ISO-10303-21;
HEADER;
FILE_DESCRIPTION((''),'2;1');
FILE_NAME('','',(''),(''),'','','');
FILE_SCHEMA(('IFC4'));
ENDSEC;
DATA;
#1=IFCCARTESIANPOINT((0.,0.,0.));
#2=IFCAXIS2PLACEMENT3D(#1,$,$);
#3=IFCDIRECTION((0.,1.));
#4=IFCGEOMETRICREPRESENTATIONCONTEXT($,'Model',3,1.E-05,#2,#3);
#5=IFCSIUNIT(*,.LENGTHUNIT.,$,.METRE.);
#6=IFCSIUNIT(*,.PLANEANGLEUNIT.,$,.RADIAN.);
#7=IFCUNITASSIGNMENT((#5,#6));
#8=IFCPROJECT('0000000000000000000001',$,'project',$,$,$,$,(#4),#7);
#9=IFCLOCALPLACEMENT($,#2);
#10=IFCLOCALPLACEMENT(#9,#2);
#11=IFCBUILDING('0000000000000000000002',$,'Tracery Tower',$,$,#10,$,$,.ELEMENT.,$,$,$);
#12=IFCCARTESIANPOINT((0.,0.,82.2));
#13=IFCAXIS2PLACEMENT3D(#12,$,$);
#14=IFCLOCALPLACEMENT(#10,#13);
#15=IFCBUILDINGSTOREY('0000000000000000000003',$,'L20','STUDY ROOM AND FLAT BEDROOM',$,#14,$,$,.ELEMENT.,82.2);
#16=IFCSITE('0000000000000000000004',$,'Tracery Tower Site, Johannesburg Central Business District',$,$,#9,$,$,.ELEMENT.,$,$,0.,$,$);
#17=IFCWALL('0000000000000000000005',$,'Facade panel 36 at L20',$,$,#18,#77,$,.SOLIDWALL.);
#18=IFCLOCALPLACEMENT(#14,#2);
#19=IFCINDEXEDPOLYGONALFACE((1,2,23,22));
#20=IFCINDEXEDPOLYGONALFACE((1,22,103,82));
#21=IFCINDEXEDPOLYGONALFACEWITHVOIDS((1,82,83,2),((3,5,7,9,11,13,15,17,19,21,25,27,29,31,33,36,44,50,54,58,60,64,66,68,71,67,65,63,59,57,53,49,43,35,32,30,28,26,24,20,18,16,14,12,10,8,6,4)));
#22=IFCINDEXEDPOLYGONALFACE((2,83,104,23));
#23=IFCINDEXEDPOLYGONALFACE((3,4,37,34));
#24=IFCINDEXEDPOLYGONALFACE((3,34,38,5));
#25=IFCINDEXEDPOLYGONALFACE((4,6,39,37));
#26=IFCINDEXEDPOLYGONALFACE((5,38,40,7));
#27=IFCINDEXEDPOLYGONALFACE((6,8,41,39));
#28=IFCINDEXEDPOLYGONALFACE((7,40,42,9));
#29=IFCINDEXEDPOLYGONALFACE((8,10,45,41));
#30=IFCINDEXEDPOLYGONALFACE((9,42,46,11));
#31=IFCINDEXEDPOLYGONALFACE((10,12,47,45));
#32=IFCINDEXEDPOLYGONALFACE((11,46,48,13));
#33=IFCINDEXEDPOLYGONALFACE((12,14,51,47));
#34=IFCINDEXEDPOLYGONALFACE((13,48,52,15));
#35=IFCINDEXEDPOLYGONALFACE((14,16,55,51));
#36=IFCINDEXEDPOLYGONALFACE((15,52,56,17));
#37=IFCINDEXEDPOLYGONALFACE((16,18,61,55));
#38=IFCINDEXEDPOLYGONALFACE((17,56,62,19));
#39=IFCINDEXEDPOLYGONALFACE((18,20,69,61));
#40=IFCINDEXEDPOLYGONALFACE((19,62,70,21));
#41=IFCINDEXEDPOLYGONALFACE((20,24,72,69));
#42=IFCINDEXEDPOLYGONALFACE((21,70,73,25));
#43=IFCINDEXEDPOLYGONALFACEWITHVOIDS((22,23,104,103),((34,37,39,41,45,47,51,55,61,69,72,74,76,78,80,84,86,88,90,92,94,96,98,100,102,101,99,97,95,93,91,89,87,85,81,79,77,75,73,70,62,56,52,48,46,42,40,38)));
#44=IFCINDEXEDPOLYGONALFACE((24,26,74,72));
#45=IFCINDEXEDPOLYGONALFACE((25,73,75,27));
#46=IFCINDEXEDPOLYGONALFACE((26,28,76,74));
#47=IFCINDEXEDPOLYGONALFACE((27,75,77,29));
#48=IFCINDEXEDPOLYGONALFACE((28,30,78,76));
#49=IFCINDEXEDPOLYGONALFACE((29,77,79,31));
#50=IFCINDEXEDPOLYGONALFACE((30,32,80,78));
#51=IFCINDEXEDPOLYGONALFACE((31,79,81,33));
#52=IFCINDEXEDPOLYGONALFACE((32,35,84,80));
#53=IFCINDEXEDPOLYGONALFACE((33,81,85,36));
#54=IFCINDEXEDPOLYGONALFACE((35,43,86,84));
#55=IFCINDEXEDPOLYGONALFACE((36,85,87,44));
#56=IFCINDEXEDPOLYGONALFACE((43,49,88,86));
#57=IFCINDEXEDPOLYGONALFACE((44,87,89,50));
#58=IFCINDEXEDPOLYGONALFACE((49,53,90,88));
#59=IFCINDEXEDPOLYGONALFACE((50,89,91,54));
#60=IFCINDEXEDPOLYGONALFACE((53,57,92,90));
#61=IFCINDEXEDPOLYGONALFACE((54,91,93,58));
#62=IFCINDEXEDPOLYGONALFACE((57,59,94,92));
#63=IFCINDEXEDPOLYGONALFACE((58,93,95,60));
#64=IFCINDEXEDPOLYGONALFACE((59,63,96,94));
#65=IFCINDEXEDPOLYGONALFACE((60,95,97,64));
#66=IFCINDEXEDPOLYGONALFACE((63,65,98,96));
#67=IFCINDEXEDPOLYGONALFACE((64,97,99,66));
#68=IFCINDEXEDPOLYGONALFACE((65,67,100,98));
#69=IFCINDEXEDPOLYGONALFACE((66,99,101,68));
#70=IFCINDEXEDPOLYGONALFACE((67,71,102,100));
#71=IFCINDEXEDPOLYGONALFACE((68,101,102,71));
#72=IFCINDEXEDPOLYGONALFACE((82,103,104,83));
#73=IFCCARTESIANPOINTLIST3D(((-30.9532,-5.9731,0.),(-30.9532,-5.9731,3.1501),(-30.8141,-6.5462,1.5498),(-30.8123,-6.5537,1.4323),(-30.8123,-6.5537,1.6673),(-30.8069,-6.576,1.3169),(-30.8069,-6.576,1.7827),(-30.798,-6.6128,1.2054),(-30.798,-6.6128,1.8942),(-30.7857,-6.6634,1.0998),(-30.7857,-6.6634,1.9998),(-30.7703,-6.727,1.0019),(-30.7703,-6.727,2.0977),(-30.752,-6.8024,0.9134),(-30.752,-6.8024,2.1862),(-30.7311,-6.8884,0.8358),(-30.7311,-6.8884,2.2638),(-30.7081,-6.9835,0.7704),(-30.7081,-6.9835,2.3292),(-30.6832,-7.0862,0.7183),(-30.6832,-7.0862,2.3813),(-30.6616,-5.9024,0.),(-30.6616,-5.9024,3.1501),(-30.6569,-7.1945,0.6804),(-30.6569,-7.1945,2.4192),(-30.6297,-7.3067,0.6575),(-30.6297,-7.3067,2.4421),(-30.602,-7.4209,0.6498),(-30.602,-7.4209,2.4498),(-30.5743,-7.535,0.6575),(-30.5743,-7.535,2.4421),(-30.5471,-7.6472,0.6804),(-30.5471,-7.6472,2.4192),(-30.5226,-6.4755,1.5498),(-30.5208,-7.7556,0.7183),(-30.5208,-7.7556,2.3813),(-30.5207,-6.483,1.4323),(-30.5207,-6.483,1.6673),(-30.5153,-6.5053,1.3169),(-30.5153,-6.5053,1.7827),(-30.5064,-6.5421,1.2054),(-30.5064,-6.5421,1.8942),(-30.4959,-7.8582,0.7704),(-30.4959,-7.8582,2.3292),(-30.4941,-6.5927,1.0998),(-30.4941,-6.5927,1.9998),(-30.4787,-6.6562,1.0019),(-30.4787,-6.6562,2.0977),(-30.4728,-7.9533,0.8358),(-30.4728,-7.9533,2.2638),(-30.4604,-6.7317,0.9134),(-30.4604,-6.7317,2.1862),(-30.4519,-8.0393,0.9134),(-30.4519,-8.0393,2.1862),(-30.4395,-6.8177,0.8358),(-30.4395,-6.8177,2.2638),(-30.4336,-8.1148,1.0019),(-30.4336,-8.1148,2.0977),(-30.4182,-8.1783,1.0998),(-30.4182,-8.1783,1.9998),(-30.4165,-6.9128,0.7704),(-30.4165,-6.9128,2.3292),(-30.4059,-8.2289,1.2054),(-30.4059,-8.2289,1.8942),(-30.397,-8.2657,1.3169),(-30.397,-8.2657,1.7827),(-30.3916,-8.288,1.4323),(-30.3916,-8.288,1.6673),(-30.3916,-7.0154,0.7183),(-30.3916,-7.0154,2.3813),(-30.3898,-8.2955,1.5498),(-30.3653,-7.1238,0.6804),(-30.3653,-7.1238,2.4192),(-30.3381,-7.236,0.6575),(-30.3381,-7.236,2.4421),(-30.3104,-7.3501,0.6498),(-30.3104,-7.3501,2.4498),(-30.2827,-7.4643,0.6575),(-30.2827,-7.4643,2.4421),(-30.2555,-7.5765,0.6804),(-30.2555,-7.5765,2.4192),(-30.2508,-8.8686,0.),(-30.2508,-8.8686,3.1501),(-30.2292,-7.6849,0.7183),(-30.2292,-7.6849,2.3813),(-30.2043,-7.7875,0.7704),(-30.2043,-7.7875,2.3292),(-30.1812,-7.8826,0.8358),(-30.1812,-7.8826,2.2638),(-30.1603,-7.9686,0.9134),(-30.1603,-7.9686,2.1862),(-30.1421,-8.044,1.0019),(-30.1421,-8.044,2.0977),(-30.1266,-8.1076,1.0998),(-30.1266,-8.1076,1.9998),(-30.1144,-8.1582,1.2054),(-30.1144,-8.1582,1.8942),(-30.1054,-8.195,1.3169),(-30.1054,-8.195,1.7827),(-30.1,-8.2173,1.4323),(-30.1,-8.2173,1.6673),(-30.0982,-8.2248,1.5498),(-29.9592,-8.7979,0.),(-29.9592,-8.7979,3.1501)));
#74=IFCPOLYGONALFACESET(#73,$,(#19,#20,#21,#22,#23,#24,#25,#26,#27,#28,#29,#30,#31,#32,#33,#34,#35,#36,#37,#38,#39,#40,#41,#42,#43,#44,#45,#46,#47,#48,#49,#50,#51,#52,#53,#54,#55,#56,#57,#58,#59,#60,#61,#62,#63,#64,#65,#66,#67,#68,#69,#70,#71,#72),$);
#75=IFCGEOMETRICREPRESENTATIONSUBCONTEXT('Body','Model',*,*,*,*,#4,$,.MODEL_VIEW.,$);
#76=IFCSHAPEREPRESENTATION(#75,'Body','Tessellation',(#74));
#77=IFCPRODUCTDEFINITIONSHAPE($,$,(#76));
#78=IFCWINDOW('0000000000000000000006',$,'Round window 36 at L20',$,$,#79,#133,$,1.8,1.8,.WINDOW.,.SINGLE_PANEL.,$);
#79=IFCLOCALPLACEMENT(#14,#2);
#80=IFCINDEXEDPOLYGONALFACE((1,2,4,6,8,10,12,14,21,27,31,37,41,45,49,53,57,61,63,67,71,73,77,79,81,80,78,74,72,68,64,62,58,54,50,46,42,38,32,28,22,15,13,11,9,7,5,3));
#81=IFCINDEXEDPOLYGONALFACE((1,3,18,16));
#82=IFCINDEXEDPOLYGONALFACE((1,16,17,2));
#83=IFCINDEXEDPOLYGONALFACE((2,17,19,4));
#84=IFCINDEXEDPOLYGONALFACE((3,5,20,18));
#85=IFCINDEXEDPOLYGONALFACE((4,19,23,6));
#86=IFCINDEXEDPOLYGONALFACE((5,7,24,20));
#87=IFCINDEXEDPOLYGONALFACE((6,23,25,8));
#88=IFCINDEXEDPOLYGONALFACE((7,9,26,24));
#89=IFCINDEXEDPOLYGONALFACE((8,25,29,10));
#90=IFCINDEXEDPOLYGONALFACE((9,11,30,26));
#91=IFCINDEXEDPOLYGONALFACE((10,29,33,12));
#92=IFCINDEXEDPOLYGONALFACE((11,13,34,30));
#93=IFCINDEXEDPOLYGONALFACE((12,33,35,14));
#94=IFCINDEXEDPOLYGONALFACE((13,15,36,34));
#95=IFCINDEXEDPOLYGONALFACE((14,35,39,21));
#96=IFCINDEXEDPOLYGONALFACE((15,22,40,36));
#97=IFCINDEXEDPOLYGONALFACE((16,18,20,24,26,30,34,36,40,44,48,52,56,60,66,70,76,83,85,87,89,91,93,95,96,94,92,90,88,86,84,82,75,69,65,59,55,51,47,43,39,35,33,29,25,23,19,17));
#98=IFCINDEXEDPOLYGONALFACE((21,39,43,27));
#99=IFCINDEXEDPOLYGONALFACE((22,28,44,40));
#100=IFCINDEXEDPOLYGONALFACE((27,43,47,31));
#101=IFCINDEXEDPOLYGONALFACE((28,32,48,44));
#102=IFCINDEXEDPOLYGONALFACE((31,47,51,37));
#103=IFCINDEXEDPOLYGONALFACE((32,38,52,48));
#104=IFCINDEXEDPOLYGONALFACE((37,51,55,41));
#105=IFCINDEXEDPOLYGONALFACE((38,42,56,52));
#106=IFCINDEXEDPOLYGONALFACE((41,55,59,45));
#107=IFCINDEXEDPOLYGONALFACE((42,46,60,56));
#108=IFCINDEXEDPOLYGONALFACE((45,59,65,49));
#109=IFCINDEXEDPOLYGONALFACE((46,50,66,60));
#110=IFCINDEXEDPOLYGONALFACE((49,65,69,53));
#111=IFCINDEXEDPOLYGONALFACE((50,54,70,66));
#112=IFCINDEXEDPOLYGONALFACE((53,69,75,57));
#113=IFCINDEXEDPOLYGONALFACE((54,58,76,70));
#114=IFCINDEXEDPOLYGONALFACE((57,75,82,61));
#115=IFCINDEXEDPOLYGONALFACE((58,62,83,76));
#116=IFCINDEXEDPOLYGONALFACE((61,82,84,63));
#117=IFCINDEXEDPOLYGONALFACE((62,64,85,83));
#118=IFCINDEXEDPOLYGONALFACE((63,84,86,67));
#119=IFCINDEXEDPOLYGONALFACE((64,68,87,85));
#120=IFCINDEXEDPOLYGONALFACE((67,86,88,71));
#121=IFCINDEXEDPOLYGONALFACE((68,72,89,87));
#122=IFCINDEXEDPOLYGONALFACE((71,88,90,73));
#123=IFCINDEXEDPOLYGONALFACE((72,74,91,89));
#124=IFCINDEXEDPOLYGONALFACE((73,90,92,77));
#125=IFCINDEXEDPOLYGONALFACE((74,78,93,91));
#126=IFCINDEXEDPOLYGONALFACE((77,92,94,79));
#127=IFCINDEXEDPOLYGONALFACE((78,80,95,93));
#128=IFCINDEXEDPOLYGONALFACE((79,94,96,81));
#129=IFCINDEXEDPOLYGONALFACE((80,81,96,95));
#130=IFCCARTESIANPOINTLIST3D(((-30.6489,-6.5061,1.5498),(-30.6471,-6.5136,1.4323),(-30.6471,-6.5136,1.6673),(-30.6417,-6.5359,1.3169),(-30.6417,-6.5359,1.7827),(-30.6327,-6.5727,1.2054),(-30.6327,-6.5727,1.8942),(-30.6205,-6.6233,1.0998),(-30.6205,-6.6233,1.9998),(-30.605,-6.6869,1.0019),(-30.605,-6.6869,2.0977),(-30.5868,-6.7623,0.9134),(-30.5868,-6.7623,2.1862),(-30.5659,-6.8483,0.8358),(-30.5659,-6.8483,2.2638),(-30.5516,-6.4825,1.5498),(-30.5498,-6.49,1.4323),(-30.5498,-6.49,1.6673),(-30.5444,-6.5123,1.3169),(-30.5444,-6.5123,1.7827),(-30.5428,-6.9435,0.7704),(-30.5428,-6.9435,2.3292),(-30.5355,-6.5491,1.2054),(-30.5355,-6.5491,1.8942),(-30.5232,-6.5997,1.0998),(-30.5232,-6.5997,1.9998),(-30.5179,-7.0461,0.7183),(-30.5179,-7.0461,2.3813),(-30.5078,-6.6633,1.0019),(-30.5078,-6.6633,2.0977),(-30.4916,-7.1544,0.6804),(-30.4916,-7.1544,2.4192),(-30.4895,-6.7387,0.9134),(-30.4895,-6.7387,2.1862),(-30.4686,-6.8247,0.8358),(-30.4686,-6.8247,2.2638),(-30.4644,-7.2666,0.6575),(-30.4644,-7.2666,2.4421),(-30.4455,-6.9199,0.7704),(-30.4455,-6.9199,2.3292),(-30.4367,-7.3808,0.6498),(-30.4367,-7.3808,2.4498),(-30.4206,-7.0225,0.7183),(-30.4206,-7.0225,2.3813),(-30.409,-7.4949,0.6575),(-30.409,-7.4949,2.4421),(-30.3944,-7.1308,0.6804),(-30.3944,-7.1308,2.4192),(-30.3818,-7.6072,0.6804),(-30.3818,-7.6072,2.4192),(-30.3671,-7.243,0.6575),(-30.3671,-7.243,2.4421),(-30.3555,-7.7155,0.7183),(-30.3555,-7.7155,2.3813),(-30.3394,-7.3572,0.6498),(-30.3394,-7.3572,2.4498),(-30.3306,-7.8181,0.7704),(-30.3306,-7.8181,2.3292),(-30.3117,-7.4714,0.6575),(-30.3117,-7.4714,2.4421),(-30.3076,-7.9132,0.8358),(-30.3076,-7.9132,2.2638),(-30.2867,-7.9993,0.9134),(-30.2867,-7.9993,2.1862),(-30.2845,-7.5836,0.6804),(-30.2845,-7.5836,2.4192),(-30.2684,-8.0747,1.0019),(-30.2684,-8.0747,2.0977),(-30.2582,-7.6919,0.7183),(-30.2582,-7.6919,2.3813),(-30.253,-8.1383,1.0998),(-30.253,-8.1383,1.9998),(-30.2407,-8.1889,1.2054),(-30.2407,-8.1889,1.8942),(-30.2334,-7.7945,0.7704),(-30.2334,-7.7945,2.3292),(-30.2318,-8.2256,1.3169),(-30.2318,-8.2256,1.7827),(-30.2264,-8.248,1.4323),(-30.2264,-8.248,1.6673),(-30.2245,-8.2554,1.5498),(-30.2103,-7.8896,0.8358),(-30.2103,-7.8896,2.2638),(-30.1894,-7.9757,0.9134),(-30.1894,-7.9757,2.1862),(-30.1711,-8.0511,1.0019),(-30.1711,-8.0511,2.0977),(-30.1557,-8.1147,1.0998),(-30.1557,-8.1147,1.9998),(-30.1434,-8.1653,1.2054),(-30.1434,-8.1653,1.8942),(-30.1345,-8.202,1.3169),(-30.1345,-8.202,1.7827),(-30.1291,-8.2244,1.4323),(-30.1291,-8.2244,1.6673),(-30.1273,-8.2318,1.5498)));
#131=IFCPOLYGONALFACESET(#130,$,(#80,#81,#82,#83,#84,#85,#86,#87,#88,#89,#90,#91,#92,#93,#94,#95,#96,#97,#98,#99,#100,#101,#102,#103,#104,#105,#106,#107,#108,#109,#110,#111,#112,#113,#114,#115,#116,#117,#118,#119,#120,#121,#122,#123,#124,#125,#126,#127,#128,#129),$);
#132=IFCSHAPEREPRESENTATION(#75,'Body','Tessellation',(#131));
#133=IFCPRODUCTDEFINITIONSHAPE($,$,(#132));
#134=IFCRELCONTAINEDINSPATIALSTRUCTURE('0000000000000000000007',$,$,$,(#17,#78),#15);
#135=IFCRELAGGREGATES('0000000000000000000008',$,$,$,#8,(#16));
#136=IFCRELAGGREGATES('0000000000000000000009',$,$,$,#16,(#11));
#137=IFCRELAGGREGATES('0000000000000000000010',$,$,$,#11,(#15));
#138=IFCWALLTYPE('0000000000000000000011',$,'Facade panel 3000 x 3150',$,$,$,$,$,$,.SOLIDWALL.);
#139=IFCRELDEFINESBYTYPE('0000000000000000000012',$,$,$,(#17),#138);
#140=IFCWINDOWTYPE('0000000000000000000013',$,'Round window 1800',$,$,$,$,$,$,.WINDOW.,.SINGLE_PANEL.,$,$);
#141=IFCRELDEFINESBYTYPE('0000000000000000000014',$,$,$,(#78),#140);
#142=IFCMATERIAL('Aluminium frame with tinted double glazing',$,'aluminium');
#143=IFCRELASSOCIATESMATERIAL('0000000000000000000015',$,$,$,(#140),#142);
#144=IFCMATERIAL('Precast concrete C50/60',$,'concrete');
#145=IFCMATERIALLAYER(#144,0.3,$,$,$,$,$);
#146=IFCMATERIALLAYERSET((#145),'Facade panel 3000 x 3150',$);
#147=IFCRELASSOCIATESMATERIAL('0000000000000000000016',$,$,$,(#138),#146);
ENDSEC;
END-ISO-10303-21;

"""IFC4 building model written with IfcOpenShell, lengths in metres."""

from ifc_helpers import new_model, si_unit, direction, frame, frame_2d, origin, origin_2d, place, context, subcontext, project, spatial, rectangle, circle, extrude, material, layer, layer_set, type_object, element, fill, save


model = new_model("IFC4")

# Units and contexts
model_context = context("Model", 3, precision=1e-05, world=origin(), true_north=direction((0.0, 1.0)))
body_context = subcontext(model_context, "Body", "Model", "MODEL_VIEW")
ifc_project = project(units=[si_unit("LENGTHUNIT", "METRE"), si_unit("PLANEANGLEUNIT", "RADIAN")], contexts=[model_context])

# Site, building, storey
site_placement = place(None, origin())
site = spatial("IfcSite", under=ifc_project, at=site_placement, Name="Tracery Tower Site, Johannesburg Central Business District", CompositionType="ELEMENT", RefElevation=0.0)
building_placement = place(site_placement, origin())
building = spatial("IfcBuilding", under=site, at=building_placement, Name="Tracery Tower", CompositionType="ELEMENT")
storey_placement = place(building_placement, frame((0.0, 0.0, 82.2)))
storey = spatial("IfcBuildingStorey", under=building, at=storey_placement, Name="L20", Description="STUDY ROOM AND FLAT BEDROOM", CompositionType="ELEMENT", Elevation=82.2)

# Wall, opening, window
ifc_material_1 = material(Name="Aluminium frame with tinted double glazing", Category="aluminium")
window_type = type_object("IfcWindowType", Name="Round window 1800", PartitioningType="SINGLE_PANEL", PredefinedType="WINDOW", material=ifc_material_1)
ifc_material_2 = material(Name="Precast concrete C50/60", Category="concrete")
ifc_layer_1 = layer(ifc_material_2, 0.3)
ifc_layer_set_1 = layer_set([ifc_layer_1], Name="Facade panel 3000 x 3150")
wall_type_1 = type_object("IfcWallType", Name="Facade panel 3000 x 3150", PredefinedType="SOLIDWALL", material=ifc_layer_set_1)
wall_1_placement = place(storey_placement, frame((-30.8074, -5.9377, 0.0), z_axis=(0.0, 0.0, 1.0), x_axis=(0.235743, -0.971815, 0.0)))
wall_1 = element("IfcWall", 1, at=wall_1_placement, inside=storey, type_object=wall_type_1, Name="Facade panel 36 at L20", PredefinedType="SOLIDWALL", context=body_context, shape_type="SweptSolid", body=[
    extrude(rectangle(XDim=2.9795, YDim=0.3, at=frame_2d((1.4897, 0.0))), origin(), (0.0, 0.0, 1.0), 3.1501),
])
opening_1_placement = place(wall_1_placement, frame((1.4897, 0.0, 1.5498)))
opening_1 = element("IfcOpeningElement", 2, at=opening_1_placement, cuts=wall_1, PredefinedType="OPENING", context=body_context, shape_type="SweptSolid", body=[
    extrude(circle(Radius=0.9, at=origin_2d()), frame((0.0, 0.1599, 0.0), z_axis=(0.0, -1.0, 0.0), x_axis=(1.0, 0.0, 0.0)), (0.0, 0.0, 1.0), 0.3201),
])
window_1_placement = place(opening_1_placement, origin())
window_1 = element("IfcWindow", 3, at=window_1_placement, inside=storey, type_object=window_type, Name="Round window 36 at L20", OverallHeight=1.8, OverallWidth=1.8, PartitioningType="SINGLE_PANEL", PredefinedType="WINDOW", context=body_context, shape_type="SweptSolid", body=[
    extrude(circle(Radius=0.9, at=origin_2d()), frame((0.0, 0.1201, 0.0), z_axis=(0.0, -1.0, 0.0), x_axis=(1.0, 0.0, 0.0)), (0.0, 0.0, 1.0), 0.1001),
])
fill(opening_1, window_1)

save(model, "model.ifc")
